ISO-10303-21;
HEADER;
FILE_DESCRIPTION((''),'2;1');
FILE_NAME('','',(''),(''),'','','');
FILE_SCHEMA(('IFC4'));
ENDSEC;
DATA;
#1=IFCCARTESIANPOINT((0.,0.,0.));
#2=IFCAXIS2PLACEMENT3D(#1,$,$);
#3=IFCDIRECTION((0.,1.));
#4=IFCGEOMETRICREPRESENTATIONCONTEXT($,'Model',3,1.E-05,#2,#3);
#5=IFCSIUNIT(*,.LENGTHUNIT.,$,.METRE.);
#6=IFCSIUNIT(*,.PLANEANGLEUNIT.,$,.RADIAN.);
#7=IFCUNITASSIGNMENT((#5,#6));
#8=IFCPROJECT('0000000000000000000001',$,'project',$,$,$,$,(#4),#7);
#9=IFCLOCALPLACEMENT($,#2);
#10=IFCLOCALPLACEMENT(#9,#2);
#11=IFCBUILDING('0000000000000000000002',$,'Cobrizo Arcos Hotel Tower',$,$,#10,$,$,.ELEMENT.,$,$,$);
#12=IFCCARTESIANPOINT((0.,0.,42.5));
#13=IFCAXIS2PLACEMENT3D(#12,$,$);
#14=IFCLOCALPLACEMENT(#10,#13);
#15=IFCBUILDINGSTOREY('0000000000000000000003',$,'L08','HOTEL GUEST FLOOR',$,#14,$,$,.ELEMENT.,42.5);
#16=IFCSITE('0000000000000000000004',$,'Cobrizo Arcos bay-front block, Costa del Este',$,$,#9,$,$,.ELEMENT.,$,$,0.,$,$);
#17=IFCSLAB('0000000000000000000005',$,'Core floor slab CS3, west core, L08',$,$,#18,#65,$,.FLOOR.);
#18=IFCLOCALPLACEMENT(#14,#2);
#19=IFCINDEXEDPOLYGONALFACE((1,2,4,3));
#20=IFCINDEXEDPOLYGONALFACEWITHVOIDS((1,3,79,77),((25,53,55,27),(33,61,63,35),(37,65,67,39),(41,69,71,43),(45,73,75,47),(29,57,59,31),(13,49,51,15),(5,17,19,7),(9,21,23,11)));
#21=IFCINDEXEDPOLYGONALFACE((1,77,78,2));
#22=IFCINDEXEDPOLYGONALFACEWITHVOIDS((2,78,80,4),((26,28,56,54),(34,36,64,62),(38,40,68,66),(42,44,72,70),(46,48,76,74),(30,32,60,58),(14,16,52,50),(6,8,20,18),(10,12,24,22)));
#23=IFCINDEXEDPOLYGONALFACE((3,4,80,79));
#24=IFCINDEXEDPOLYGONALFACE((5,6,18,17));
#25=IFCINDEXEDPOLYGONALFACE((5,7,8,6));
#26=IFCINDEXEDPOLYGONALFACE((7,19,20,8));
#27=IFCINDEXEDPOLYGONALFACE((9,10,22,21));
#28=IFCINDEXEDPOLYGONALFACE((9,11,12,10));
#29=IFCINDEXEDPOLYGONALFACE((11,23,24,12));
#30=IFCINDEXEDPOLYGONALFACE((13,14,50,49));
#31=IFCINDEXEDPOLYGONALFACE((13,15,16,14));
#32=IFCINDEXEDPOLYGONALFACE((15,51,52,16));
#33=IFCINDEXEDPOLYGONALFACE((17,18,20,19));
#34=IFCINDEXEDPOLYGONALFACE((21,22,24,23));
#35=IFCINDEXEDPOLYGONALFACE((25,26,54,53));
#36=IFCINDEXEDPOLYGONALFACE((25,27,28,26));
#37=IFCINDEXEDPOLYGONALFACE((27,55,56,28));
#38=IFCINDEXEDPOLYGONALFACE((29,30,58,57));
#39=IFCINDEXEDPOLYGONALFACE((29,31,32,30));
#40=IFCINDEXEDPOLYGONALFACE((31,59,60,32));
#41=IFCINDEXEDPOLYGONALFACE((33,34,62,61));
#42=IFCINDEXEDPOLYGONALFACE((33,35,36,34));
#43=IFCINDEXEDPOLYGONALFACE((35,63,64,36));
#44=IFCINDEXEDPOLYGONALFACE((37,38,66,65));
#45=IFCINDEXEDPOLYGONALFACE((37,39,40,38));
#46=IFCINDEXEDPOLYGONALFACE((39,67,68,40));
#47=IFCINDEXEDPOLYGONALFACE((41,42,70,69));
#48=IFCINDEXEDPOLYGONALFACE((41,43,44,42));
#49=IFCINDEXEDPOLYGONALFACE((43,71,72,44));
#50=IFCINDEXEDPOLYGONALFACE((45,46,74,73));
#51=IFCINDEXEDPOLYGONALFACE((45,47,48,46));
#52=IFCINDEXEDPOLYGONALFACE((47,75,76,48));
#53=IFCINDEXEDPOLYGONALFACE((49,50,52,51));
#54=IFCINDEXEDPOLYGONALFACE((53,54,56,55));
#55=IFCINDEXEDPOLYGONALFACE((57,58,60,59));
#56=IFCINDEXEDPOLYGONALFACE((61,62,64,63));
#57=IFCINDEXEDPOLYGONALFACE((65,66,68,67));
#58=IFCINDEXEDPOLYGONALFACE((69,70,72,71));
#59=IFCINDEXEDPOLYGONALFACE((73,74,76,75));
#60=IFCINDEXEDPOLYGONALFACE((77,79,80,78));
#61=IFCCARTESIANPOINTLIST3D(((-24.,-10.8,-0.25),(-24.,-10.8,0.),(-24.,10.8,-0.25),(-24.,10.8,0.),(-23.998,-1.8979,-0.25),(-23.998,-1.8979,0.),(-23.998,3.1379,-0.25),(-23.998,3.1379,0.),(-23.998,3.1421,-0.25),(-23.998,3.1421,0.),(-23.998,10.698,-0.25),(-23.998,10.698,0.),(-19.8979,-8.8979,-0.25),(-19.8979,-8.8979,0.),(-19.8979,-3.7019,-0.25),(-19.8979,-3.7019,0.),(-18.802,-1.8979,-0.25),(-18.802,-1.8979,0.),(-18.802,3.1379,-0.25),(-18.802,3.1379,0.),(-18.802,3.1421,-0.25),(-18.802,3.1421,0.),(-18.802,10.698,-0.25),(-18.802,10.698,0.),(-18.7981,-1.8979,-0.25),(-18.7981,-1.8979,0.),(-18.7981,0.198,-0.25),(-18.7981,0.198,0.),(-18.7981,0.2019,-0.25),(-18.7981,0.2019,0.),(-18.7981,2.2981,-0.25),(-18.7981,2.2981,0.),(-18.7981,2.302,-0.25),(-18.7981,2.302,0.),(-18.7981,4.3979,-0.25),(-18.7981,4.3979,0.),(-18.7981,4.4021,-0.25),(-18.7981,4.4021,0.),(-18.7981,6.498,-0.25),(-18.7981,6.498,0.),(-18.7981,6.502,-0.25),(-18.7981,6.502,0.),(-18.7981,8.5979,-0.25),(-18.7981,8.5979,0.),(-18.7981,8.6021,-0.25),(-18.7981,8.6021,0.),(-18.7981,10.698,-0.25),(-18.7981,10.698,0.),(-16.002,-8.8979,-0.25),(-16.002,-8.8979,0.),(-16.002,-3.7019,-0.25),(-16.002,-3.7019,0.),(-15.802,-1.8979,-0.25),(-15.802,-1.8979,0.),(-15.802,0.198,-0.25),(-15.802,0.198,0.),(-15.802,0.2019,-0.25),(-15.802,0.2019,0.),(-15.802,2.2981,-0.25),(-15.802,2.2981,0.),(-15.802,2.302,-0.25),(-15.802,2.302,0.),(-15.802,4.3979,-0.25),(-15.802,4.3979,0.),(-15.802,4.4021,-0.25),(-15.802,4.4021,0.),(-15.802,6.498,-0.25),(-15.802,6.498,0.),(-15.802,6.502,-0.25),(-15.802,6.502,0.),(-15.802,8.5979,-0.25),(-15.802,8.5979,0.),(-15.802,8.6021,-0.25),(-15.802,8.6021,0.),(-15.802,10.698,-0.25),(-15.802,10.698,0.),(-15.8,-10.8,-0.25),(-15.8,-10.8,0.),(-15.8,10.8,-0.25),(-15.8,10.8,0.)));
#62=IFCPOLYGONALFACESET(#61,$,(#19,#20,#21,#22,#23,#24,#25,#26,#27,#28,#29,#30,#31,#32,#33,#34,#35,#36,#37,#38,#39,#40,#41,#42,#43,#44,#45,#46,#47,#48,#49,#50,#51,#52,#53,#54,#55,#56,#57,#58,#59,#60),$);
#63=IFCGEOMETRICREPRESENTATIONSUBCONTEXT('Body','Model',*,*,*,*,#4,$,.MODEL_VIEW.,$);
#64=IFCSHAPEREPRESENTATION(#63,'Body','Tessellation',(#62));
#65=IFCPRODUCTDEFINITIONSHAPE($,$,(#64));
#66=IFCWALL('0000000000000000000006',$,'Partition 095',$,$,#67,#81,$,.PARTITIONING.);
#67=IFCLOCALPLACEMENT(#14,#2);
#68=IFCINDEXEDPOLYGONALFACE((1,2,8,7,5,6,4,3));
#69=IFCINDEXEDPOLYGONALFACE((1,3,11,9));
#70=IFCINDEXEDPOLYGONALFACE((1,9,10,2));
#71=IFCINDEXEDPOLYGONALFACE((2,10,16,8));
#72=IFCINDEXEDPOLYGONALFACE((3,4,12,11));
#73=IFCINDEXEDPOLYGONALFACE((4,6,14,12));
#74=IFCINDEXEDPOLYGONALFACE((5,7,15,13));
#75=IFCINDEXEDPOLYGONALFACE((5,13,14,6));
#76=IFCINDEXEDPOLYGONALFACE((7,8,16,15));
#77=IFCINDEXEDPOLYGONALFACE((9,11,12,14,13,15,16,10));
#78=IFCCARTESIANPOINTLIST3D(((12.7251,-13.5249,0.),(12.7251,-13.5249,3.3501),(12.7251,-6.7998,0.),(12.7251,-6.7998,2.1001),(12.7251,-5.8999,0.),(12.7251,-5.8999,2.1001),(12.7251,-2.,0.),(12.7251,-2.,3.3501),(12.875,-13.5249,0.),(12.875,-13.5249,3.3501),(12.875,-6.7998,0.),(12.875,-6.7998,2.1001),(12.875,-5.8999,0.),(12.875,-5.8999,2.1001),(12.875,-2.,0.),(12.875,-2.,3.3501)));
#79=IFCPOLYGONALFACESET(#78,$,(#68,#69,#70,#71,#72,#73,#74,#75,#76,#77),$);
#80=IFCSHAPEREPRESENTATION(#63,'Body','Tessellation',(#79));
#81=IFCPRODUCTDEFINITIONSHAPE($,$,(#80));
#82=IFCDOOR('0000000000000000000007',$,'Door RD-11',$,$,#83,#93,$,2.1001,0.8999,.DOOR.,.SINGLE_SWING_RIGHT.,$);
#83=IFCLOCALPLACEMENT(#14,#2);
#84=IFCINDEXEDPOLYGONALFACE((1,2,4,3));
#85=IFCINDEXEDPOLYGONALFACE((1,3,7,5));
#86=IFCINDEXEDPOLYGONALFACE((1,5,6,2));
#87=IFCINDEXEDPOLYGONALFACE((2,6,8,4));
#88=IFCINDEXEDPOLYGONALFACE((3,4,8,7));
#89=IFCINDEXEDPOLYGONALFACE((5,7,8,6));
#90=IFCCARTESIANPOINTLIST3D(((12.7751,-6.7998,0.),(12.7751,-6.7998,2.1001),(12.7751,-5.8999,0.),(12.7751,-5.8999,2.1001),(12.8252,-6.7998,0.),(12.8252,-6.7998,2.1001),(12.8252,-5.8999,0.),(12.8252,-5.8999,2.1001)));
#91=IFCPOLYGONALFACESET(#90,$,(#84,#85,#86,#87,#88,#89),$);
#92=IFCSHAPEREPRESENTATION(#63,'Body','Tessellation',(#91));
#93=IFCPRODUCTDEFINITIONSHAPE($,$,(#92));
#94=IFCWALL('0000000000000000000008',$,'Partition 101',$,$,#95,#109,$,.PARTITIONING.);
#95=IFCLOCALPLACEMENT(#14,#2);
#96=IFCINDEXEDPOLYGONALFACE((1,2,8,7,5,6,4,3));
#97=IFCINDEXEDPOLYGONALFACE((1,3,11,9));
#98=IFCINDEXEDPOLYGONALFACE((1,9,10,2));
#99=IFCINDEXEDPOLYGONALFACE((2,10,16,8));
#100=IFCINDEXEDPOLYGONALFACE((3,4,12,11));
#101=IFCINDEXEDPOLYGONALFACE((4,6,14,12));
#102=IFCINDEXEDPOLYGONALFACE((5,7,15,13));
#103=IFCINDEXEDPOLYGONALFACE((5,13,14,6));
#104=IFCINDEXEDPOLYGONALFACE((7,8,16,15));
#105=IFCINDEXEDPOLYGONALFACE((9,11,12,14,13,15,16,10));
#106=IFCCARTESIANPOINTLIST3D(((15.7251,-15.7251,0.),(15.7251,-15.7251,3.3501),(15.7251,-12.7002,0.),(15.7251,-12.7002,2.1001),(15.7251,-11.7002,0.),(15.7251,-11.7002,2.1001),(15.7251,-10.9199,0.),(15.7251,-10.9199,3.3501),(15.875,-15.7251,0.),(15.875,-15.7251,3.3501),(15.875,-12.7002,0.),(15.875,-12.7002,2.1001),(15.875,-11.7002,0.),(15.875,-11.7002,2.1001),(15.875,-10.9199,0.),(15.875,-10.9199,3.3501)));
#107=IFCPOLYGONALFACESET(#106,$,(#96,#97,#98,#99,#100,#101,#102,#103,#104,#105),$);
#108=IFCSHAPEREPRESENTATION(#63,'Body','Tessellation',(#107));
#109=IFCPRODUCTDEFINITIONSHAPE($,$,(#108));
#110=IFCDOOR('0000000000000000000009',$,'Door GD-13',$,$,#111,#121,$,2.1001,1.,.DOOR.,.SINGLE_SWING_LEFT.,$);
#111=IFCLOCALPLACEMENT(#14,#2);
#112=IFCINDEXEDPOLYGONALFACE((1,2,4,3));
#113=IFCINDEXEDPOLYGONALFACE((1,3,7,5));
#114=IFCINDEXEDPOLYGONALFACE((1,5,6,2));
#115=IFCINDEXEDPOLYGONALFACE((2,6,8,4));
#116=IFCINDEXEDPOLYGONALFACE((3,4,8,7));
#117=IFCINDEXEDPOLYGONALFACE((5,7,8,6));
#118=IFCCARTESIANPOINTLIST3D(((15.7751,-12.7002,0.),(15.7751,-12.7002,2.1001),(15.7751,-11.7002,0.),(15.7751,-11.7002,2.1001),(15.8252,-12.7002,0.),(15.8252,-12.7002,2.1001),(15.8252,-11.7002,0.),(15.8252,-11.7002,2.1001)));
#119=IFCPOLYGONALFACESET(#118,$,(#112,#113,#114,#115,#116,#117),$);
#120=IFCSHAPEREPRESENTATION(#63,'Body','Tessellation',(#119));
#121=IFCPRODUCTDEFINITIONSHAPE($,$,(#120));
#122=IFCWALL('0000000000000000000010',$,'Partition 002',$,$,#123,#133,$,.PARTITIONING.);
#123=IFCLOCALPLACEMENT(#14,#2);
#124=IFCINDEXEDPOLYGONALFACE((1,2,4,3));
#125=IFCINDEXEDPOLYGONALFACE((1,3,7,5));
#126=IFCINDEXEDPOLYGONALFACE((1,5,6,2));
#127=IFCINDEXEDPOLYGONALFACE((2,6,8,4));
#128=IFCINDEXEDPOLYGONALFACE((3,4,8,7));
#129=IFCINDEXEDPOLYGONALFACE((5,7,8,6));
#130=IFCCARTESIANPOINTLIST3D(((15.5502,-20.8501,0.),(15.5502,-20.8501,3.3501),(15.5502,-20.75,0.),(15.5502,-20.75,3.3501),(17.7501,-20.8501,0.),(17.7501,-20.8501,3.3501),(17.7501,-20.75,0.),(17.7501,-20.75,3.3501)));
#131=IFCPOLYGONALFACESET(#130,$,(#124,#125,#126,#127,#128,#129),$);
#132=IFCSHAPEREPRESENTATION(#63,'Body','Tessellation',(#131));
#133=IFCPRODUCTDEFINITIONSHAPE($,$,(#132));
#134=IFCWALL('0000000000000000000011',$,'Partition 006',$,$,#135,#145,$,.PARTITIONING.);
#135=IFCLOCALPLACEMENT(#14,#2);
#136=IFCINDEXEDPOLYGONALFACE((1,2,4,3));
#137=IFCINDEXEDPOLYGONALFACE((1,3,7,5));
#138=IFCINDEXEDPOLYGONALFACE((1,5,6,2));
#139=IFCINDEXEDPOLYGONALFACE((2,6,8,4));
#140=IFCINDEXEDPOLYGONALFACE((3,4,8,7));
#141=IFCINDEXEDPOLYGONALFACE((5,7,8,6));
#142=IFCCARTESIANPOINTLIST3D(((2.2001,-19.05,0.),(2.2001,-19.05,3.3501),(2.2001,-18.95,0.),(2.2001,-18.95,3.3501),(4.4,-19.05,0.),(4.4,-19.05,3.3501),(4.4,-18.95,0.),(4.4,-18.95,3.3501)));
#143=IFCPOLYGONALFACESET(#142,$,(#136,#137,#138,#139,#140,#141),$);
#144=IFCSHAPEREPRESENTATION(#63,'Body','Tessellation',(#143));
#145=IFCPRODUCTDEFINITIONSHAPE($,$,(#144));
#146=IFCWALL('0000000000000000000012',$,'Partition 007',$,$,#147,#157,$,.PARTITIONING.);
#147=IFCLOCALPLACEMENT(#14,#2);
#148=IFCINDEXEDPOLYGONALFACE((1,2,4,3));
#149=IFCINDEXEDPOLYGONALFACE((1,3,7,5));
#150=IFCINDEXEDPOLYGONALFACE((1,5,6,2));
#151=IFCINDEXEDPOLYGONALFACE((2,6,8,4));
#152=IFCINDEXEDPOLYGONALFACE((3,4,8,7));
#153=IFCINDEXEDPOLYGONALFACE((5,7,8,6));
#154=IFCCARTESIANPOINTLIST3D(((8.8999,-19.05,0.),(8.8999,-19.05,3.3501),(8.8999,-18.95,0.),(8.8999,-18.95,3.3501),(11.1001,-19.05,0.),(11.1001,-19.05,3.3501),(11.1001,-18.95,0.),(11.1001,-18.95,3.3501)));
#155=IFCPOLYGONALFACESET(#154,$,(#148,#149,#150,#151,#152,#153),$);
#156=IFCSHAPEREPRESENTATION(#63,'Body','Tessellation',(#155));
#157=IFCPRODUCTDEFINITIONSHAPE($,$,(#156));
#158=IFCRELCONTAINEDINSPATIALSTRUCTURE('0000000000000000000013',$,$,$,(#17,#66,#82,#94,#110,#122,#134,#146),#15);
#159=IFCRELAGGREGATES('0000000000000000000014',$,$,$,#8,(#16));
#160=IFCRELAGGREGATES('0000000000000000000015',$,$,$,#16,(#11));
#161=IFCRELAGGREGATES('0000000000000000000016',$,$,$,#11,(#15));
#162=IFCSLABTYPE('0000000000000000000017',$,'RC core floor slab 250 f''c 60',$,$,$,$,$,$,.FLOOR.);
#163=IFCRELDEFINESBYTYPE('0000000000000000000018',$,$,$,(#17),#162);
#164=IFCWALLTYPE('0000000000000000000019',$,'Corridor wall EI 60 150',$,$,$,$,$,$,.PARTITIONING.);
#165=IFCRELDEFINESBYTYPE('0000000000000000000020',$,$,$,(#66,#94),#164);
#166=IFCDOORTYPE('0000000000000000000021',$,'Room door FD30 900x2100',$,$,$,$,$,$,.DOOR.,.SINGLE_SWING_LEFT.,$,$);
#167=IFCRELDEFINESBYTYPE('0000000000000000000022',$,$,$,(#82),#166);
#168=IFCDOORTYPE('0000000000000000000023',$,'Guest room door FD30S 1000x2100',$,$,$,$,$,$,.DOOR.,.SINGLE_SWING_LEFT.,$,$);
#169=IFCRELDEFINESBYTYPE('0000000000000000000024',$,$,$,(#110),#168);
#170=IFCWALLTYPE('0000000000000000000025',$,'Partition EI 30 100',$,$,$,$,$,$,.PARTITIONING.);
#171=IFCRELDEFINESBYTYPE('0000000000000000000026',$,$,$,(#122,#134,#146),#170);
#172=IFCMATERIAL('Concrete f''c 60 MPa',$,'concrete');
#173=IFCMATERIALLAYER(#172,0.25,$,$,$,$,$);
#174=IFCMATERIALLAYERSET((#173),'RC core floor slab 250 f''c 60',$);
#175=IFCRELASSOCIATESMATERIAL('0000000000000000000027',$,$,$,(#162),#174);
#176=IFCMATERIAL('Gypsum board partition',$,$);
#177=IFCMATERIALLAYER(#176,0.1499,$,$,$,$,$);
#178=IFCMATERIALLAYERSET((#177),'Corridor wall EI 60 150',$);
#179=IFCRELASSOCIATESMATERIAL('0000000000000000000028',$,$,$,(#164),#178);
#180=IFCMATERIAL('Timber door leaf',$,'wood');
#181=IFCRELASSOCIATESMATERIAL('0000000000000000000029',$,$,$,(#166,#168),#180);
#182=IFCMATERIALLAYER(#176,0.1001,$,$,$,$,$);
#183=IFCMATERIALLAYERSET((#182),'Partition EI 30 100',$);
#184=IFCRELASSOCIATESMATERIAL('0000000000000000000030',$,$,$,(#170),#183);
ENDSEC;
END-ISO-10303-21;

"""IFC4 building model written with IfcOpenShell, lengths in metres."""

from ifc_helpers import new_model, si_unit, direction, frame, frame_2d, origin, place, context, subcontext, project, spatial, polyline, rectangle, outline, extrude, material, layer, layer_set, type_object, element, fill, save


model = new_model("IFC4")

# Units and contexts
model_context = context("Model", 3, precision=1e-05, world=origin(), true_north=direction((0.0, 1.0)))
body_context = subcontext(model_context, "Body", "Model", "MODEL_VIEW")
ifc_project = project(units=[si_unit("LENGTHUNIT", "METRE"), si_unit("PLANEANGLEUNIT", "RADIAN")], contexts=[model_context])

# Site, building, storey
site_placement = place(None, origin())
site = spatial("IfcSite", under=ifc_project, at=site_placement, Name="Cobrizo Arcos bay-front block, Costa del Este", CompositionType="ELEMENT", RefElevation=0.0)
building_placement = place(site_placement, origin())
building = spatial("IfcBuilding", under=site, at=building_placement, Name="Cobrizo Arcos Hotel Tower", CompositionType="ELEMENT")
storey_placement = place(building_placement, frame((0.0, 0.0, 42.5)))
storey = spatial("IfcBuildingStorey", under=building, at=storey_placement, Name="L08", Description="HOTEL GUEST FLOOR", CompositionType="ELEMENT", Elevation=42.5)

# Slab
ifc_material_1 = material(Name="Concrete f'c 60 MPa", Category="concrete")
ifc_layer_1 = layer(ifc_material_1, 0.25)
ifc_layer_set_1 = layer_set([ifc_layer_1], Name="RC core floor slab 250 f'c 60")
slab_type = type_object("IfcSlabType", Name="RC core floor slab 250 f'c 60", PredefinedType="FLOOR", material=ifc_layer_set_1)
slab_placement = place(storey_placement, frame((0.0, 0.0, -0.25)))
element("IfcSlab", 1, at=slab_placement, inside=storey, type_object=slab_type, Name="Core floor slab CS3, west core, L08", PredefinedType="FLOOR", context=body_context, shape_type="SweptSolid", body=[
    extrude(outline(polyline([(-24.0, 10.8), (-15.8, 10.8), (-15.8, -10.8), (-24.0, -10.8), (-24.0, 10.8)]), holes=[polyline([(-19.8979, -3.7019), (-19.8979, -8.8979), (-16.002, -8.8979), (-16.002, -3.7019), (-19.8979, -3.7019)]), polyline([(-15.802, 0.198), (-18.7981, 0.198), (-18.7981, -1.8979), (-15.802, -1.8979), (-15.802, 0.198)]), polyline([(-18.802, 3.1379), (-23.998, 3.1379), (-23.998, -1.8979), (-18.802, -1.8979), (-18.802, 3.1379)]), polyline([(-15.802, 2.2981), (-18.7981, 2.2981), (-18.7981, 0.2019), (-15.802, 0.2019), (-15.802, 2.2981)]), polyline([(-15.802, 4.3979), (-18.7981, 4.3979), (-18.7981, 2.302), (-15.802, 2.302), (-15.802, 4.3979)]), polyline([(-15.802, 6.498), (-18.7981, 6.498), (-18.7981, 4.4021), (-15.802, 4.4021), (-15.802, 6.498)]), polyline([(-18.802, 10.698), (-23.998, 10.698), (-23.998, 3.1421), (-18.802, 3.1421), (-18.802, 10.698)]), polyline([(-15.802, 8.5979), (-18.7981, 8.5979), (-18.7981, 6.502), (-15.802, 6.502), (-15.802, 8.5979)]), polyline([(-15.802, 10.698), (-18.7981, 10.698), (-18.7981, 8.6021), (-15.802, 8.6021), (-15.802, 10.698)])]), origin(), (0.0, 0.0, 1.0), 0.25),
])

# Walls, openings, doors
ifc_material_2 = material(Name="Gypsum board partition")
ifc_layer_2 = layer(ifc_material_2, 0.1499)
ifc_layer_set_2 = layer_set([ifc_layer_2], Name="Corridor wall EI 60 150")
wall_type_1 = type_object("IfcWallType", Name="Corridor wall EI 60 150", PredefinedType="PARTITIONING", material=ifc_layer_set_2)
wall_1_placement = place(storey_placement, frame((12.8, -13.5249, 0.0), z_axis=(0.0, 0.0, 1.0), x_axis=(0.0, 1.0, 0.0)))
wall_1 = element("IfcWall", 2, at=wall_1_placement, inside=storey, type_object=wall_type_1, Name="Partition 095", PredefinedType="PARTITIONING", context=body_context, shape_type="SweptSolid", body=[
    extrude(rectangle(XDim=11.5249, YDim=0.1499, at=frame_2d((5.7625, 0.0))), origin(), (0.0, 0.0, 1.0), 3.3501),
])
opening_1_placement = place(wall_1_placement, frame((6.7251, 0.0, 0.0)))
opening_1 = element("IfcOpeningElement", 3, at=opening_1_placement, cuts=wall_1, PredefinedType="OPENING", context=body_context, shape_type="SweptSolid", body=[
    extrude(rectangle(XDim=0.8999, YDim=2.1001, at=frame_2d((0.45, 1.05))), frame((0.0, 0.0869, 0.0), z_axis=(0.0, -1.0, 0.0), x_axis=(1.0, 0.0, 0.0)), (0.0, 0.0, 1.0), 0.1738),
])
ifc_material_3 = material(Name="Timber door leaf", Category="wood")
door_type_1 = type_object("IfcDoorType", Name="Room door FD30 900x2100", OperationType="SINGLE_SWING_LEFT", PredefinedType="DOOR", material=ifc_material_3)
door_1_placement = place(opening_1_placement, origin())
door_1 = element("IfcDoor", 4, at=door_1_placement, inside=storey, type_object=door_type_1, Name="Door RD-11", OperationType="SINGLE_SWING_RIGHT", OverallHeight=2.1001, OverallWidth=0.8999, PredefinedType="DOOR", context=body_context, shape_type="SweptSolid", body=[
    extrude(rectangle(XDim=0.8999, YDim=2.1001, at=frame_2d((0.45, 1.05))), frame((0.0, 0.0249, 0.0), z_axis=(0.0, -1.0, 0.0), x_axis=(1.0, 0.0, 0.0)), (0.0, 0.0, 1.0), 0.05),
])
fill(opening_1, door_1)
wall_2_placement = place(storey_placement, frame((15.8, -15.7251, 0.0), z_axis=(0.0, 0.0, 1.0), x_axis=(0.0, 1.0, 0.0)))
wall_2 = element("IfcWall", 5, at=wall_2_placement, inside=storey, type_object=wall_type_1, Name="Partition 101", PredefinedType="PARTITIONING", context=body_context, shape_type="SweptSolid", body=[
    extrude(rectangle(XDim=4.8052, YDim=0.1499, at=frame_2d((2.4026, 0.0))), origin(), (0.0, 0.0, 1.0), 3.3501),
])
opening_2_placement = place(wall_2_placement, frame((3.0249, 0.0, 0.0)))
opening_2 = element("IfcOpeningElement", 6, at=opening_2_placement, cuts=wall_2, PredefinedType="OPENING", context=body_context, shape_type="SweptSolid", body=[
    extrude(rectangle(XDim=1.0, YDim=2.1001, at=frame_2d((0.5, 1.05))), frame((0.0, 0.0869, 0.0), z_axis=(0.0, -1.0, 0.0), x_axis=(1.0, 0.0, 0.0)), (0.0, 0.0, 1.0), 0.1738),
])
door_type_2 = type_object("IfcDoorType", Name="Guest room door FD30S 1000x2100", OperationType="SINGLE_SWING_LEFT", PredefinedType="DOOR", material=ifc_material_3)
door_2_placement = place(opening_2_placement, origin())
door_2 = element("IfcDoor", 7, at=door_2_placement, inside=storey, type_object=door_type_2, Name="Door GD-13", OperationType="SINGLE_SWING_LEFT", OverallHeight=2.1001, OverallWidth=1.0, PredefinedType="DOOR", context=body_context, shape_type="SweptSolid", body=[
    extrude(rectangle(XDim=1.0, YDim=2.1001, at=frame_2d((0.5, 1.05))), frame((0.0, 0.0249, 0.0), z_axis=(0.0, -1.0, 0.0), x_axis=(1.0, 0.0, 0.0)), (0.0, 0.0, 1.0), 0.05),
])
fill(opening_2, door_2)

# Walls
ifc_layer_3 = layer(ifc_material_2, 0.1001)
ifc_layer_set_3 = layer_set([ifc_layer_3], Name="Partition EI 30 100")
wall_type_2 = type_object("IfcWallType", Name="Partition EI 30 100", PredefinedType="PARTITIONING", material=ifc_layer_set_3)
for number, where, z_axis, x_axis, name in (
    (8, (15.55, -20.8, 0.0), (0.0, 0.0, 1.0), (1.0, 0.0, 0.0), "Partition 002"),
    (9, (2.2, -19.0, 0.0), (0.0, 0.0, 1.0), (1.0, 0.0, 0.0), "Partition 006"),
):
    element("IfcWall", number, at=place(storey_placement, frame(where, z_axis=z_axis, x_axis=x_axis)), inside=storey, type_object=wall_type_2, Name=name, PredefinedType="PARTITIONING", context=body_context, shape_type="SweptSolid", body=[
        extrude(rectangle(XDim=2.2, YDim=0.1001, at=frame_2d((1.1001, 0.0))), origin(), (0.0, 0.0, 1.0), 3.3501),
    ])
wall_3_placement = place(storey_placement, frame((8.8999, -19.0, 0.0), z_axis=(0.0, 0.0, 1.0), x_axis=(1.0, 0.0, 0.0)))
element("IfcWall", 10, at=wall_3_placement, inside=storey, type_object=wall_type_2, Name="Partition 007", PredefinedType="PARTITIONING", context=body_context, shape_type="SweptSolid", body=[
    extrude(rectangle(XDim=2.2002, YDim=0.1001, at=frame_2d((1.1001, 0.0))), origin(), (0.0, 0.0, 1.0), 3.3501),
])

save(model, "model.ifc")
